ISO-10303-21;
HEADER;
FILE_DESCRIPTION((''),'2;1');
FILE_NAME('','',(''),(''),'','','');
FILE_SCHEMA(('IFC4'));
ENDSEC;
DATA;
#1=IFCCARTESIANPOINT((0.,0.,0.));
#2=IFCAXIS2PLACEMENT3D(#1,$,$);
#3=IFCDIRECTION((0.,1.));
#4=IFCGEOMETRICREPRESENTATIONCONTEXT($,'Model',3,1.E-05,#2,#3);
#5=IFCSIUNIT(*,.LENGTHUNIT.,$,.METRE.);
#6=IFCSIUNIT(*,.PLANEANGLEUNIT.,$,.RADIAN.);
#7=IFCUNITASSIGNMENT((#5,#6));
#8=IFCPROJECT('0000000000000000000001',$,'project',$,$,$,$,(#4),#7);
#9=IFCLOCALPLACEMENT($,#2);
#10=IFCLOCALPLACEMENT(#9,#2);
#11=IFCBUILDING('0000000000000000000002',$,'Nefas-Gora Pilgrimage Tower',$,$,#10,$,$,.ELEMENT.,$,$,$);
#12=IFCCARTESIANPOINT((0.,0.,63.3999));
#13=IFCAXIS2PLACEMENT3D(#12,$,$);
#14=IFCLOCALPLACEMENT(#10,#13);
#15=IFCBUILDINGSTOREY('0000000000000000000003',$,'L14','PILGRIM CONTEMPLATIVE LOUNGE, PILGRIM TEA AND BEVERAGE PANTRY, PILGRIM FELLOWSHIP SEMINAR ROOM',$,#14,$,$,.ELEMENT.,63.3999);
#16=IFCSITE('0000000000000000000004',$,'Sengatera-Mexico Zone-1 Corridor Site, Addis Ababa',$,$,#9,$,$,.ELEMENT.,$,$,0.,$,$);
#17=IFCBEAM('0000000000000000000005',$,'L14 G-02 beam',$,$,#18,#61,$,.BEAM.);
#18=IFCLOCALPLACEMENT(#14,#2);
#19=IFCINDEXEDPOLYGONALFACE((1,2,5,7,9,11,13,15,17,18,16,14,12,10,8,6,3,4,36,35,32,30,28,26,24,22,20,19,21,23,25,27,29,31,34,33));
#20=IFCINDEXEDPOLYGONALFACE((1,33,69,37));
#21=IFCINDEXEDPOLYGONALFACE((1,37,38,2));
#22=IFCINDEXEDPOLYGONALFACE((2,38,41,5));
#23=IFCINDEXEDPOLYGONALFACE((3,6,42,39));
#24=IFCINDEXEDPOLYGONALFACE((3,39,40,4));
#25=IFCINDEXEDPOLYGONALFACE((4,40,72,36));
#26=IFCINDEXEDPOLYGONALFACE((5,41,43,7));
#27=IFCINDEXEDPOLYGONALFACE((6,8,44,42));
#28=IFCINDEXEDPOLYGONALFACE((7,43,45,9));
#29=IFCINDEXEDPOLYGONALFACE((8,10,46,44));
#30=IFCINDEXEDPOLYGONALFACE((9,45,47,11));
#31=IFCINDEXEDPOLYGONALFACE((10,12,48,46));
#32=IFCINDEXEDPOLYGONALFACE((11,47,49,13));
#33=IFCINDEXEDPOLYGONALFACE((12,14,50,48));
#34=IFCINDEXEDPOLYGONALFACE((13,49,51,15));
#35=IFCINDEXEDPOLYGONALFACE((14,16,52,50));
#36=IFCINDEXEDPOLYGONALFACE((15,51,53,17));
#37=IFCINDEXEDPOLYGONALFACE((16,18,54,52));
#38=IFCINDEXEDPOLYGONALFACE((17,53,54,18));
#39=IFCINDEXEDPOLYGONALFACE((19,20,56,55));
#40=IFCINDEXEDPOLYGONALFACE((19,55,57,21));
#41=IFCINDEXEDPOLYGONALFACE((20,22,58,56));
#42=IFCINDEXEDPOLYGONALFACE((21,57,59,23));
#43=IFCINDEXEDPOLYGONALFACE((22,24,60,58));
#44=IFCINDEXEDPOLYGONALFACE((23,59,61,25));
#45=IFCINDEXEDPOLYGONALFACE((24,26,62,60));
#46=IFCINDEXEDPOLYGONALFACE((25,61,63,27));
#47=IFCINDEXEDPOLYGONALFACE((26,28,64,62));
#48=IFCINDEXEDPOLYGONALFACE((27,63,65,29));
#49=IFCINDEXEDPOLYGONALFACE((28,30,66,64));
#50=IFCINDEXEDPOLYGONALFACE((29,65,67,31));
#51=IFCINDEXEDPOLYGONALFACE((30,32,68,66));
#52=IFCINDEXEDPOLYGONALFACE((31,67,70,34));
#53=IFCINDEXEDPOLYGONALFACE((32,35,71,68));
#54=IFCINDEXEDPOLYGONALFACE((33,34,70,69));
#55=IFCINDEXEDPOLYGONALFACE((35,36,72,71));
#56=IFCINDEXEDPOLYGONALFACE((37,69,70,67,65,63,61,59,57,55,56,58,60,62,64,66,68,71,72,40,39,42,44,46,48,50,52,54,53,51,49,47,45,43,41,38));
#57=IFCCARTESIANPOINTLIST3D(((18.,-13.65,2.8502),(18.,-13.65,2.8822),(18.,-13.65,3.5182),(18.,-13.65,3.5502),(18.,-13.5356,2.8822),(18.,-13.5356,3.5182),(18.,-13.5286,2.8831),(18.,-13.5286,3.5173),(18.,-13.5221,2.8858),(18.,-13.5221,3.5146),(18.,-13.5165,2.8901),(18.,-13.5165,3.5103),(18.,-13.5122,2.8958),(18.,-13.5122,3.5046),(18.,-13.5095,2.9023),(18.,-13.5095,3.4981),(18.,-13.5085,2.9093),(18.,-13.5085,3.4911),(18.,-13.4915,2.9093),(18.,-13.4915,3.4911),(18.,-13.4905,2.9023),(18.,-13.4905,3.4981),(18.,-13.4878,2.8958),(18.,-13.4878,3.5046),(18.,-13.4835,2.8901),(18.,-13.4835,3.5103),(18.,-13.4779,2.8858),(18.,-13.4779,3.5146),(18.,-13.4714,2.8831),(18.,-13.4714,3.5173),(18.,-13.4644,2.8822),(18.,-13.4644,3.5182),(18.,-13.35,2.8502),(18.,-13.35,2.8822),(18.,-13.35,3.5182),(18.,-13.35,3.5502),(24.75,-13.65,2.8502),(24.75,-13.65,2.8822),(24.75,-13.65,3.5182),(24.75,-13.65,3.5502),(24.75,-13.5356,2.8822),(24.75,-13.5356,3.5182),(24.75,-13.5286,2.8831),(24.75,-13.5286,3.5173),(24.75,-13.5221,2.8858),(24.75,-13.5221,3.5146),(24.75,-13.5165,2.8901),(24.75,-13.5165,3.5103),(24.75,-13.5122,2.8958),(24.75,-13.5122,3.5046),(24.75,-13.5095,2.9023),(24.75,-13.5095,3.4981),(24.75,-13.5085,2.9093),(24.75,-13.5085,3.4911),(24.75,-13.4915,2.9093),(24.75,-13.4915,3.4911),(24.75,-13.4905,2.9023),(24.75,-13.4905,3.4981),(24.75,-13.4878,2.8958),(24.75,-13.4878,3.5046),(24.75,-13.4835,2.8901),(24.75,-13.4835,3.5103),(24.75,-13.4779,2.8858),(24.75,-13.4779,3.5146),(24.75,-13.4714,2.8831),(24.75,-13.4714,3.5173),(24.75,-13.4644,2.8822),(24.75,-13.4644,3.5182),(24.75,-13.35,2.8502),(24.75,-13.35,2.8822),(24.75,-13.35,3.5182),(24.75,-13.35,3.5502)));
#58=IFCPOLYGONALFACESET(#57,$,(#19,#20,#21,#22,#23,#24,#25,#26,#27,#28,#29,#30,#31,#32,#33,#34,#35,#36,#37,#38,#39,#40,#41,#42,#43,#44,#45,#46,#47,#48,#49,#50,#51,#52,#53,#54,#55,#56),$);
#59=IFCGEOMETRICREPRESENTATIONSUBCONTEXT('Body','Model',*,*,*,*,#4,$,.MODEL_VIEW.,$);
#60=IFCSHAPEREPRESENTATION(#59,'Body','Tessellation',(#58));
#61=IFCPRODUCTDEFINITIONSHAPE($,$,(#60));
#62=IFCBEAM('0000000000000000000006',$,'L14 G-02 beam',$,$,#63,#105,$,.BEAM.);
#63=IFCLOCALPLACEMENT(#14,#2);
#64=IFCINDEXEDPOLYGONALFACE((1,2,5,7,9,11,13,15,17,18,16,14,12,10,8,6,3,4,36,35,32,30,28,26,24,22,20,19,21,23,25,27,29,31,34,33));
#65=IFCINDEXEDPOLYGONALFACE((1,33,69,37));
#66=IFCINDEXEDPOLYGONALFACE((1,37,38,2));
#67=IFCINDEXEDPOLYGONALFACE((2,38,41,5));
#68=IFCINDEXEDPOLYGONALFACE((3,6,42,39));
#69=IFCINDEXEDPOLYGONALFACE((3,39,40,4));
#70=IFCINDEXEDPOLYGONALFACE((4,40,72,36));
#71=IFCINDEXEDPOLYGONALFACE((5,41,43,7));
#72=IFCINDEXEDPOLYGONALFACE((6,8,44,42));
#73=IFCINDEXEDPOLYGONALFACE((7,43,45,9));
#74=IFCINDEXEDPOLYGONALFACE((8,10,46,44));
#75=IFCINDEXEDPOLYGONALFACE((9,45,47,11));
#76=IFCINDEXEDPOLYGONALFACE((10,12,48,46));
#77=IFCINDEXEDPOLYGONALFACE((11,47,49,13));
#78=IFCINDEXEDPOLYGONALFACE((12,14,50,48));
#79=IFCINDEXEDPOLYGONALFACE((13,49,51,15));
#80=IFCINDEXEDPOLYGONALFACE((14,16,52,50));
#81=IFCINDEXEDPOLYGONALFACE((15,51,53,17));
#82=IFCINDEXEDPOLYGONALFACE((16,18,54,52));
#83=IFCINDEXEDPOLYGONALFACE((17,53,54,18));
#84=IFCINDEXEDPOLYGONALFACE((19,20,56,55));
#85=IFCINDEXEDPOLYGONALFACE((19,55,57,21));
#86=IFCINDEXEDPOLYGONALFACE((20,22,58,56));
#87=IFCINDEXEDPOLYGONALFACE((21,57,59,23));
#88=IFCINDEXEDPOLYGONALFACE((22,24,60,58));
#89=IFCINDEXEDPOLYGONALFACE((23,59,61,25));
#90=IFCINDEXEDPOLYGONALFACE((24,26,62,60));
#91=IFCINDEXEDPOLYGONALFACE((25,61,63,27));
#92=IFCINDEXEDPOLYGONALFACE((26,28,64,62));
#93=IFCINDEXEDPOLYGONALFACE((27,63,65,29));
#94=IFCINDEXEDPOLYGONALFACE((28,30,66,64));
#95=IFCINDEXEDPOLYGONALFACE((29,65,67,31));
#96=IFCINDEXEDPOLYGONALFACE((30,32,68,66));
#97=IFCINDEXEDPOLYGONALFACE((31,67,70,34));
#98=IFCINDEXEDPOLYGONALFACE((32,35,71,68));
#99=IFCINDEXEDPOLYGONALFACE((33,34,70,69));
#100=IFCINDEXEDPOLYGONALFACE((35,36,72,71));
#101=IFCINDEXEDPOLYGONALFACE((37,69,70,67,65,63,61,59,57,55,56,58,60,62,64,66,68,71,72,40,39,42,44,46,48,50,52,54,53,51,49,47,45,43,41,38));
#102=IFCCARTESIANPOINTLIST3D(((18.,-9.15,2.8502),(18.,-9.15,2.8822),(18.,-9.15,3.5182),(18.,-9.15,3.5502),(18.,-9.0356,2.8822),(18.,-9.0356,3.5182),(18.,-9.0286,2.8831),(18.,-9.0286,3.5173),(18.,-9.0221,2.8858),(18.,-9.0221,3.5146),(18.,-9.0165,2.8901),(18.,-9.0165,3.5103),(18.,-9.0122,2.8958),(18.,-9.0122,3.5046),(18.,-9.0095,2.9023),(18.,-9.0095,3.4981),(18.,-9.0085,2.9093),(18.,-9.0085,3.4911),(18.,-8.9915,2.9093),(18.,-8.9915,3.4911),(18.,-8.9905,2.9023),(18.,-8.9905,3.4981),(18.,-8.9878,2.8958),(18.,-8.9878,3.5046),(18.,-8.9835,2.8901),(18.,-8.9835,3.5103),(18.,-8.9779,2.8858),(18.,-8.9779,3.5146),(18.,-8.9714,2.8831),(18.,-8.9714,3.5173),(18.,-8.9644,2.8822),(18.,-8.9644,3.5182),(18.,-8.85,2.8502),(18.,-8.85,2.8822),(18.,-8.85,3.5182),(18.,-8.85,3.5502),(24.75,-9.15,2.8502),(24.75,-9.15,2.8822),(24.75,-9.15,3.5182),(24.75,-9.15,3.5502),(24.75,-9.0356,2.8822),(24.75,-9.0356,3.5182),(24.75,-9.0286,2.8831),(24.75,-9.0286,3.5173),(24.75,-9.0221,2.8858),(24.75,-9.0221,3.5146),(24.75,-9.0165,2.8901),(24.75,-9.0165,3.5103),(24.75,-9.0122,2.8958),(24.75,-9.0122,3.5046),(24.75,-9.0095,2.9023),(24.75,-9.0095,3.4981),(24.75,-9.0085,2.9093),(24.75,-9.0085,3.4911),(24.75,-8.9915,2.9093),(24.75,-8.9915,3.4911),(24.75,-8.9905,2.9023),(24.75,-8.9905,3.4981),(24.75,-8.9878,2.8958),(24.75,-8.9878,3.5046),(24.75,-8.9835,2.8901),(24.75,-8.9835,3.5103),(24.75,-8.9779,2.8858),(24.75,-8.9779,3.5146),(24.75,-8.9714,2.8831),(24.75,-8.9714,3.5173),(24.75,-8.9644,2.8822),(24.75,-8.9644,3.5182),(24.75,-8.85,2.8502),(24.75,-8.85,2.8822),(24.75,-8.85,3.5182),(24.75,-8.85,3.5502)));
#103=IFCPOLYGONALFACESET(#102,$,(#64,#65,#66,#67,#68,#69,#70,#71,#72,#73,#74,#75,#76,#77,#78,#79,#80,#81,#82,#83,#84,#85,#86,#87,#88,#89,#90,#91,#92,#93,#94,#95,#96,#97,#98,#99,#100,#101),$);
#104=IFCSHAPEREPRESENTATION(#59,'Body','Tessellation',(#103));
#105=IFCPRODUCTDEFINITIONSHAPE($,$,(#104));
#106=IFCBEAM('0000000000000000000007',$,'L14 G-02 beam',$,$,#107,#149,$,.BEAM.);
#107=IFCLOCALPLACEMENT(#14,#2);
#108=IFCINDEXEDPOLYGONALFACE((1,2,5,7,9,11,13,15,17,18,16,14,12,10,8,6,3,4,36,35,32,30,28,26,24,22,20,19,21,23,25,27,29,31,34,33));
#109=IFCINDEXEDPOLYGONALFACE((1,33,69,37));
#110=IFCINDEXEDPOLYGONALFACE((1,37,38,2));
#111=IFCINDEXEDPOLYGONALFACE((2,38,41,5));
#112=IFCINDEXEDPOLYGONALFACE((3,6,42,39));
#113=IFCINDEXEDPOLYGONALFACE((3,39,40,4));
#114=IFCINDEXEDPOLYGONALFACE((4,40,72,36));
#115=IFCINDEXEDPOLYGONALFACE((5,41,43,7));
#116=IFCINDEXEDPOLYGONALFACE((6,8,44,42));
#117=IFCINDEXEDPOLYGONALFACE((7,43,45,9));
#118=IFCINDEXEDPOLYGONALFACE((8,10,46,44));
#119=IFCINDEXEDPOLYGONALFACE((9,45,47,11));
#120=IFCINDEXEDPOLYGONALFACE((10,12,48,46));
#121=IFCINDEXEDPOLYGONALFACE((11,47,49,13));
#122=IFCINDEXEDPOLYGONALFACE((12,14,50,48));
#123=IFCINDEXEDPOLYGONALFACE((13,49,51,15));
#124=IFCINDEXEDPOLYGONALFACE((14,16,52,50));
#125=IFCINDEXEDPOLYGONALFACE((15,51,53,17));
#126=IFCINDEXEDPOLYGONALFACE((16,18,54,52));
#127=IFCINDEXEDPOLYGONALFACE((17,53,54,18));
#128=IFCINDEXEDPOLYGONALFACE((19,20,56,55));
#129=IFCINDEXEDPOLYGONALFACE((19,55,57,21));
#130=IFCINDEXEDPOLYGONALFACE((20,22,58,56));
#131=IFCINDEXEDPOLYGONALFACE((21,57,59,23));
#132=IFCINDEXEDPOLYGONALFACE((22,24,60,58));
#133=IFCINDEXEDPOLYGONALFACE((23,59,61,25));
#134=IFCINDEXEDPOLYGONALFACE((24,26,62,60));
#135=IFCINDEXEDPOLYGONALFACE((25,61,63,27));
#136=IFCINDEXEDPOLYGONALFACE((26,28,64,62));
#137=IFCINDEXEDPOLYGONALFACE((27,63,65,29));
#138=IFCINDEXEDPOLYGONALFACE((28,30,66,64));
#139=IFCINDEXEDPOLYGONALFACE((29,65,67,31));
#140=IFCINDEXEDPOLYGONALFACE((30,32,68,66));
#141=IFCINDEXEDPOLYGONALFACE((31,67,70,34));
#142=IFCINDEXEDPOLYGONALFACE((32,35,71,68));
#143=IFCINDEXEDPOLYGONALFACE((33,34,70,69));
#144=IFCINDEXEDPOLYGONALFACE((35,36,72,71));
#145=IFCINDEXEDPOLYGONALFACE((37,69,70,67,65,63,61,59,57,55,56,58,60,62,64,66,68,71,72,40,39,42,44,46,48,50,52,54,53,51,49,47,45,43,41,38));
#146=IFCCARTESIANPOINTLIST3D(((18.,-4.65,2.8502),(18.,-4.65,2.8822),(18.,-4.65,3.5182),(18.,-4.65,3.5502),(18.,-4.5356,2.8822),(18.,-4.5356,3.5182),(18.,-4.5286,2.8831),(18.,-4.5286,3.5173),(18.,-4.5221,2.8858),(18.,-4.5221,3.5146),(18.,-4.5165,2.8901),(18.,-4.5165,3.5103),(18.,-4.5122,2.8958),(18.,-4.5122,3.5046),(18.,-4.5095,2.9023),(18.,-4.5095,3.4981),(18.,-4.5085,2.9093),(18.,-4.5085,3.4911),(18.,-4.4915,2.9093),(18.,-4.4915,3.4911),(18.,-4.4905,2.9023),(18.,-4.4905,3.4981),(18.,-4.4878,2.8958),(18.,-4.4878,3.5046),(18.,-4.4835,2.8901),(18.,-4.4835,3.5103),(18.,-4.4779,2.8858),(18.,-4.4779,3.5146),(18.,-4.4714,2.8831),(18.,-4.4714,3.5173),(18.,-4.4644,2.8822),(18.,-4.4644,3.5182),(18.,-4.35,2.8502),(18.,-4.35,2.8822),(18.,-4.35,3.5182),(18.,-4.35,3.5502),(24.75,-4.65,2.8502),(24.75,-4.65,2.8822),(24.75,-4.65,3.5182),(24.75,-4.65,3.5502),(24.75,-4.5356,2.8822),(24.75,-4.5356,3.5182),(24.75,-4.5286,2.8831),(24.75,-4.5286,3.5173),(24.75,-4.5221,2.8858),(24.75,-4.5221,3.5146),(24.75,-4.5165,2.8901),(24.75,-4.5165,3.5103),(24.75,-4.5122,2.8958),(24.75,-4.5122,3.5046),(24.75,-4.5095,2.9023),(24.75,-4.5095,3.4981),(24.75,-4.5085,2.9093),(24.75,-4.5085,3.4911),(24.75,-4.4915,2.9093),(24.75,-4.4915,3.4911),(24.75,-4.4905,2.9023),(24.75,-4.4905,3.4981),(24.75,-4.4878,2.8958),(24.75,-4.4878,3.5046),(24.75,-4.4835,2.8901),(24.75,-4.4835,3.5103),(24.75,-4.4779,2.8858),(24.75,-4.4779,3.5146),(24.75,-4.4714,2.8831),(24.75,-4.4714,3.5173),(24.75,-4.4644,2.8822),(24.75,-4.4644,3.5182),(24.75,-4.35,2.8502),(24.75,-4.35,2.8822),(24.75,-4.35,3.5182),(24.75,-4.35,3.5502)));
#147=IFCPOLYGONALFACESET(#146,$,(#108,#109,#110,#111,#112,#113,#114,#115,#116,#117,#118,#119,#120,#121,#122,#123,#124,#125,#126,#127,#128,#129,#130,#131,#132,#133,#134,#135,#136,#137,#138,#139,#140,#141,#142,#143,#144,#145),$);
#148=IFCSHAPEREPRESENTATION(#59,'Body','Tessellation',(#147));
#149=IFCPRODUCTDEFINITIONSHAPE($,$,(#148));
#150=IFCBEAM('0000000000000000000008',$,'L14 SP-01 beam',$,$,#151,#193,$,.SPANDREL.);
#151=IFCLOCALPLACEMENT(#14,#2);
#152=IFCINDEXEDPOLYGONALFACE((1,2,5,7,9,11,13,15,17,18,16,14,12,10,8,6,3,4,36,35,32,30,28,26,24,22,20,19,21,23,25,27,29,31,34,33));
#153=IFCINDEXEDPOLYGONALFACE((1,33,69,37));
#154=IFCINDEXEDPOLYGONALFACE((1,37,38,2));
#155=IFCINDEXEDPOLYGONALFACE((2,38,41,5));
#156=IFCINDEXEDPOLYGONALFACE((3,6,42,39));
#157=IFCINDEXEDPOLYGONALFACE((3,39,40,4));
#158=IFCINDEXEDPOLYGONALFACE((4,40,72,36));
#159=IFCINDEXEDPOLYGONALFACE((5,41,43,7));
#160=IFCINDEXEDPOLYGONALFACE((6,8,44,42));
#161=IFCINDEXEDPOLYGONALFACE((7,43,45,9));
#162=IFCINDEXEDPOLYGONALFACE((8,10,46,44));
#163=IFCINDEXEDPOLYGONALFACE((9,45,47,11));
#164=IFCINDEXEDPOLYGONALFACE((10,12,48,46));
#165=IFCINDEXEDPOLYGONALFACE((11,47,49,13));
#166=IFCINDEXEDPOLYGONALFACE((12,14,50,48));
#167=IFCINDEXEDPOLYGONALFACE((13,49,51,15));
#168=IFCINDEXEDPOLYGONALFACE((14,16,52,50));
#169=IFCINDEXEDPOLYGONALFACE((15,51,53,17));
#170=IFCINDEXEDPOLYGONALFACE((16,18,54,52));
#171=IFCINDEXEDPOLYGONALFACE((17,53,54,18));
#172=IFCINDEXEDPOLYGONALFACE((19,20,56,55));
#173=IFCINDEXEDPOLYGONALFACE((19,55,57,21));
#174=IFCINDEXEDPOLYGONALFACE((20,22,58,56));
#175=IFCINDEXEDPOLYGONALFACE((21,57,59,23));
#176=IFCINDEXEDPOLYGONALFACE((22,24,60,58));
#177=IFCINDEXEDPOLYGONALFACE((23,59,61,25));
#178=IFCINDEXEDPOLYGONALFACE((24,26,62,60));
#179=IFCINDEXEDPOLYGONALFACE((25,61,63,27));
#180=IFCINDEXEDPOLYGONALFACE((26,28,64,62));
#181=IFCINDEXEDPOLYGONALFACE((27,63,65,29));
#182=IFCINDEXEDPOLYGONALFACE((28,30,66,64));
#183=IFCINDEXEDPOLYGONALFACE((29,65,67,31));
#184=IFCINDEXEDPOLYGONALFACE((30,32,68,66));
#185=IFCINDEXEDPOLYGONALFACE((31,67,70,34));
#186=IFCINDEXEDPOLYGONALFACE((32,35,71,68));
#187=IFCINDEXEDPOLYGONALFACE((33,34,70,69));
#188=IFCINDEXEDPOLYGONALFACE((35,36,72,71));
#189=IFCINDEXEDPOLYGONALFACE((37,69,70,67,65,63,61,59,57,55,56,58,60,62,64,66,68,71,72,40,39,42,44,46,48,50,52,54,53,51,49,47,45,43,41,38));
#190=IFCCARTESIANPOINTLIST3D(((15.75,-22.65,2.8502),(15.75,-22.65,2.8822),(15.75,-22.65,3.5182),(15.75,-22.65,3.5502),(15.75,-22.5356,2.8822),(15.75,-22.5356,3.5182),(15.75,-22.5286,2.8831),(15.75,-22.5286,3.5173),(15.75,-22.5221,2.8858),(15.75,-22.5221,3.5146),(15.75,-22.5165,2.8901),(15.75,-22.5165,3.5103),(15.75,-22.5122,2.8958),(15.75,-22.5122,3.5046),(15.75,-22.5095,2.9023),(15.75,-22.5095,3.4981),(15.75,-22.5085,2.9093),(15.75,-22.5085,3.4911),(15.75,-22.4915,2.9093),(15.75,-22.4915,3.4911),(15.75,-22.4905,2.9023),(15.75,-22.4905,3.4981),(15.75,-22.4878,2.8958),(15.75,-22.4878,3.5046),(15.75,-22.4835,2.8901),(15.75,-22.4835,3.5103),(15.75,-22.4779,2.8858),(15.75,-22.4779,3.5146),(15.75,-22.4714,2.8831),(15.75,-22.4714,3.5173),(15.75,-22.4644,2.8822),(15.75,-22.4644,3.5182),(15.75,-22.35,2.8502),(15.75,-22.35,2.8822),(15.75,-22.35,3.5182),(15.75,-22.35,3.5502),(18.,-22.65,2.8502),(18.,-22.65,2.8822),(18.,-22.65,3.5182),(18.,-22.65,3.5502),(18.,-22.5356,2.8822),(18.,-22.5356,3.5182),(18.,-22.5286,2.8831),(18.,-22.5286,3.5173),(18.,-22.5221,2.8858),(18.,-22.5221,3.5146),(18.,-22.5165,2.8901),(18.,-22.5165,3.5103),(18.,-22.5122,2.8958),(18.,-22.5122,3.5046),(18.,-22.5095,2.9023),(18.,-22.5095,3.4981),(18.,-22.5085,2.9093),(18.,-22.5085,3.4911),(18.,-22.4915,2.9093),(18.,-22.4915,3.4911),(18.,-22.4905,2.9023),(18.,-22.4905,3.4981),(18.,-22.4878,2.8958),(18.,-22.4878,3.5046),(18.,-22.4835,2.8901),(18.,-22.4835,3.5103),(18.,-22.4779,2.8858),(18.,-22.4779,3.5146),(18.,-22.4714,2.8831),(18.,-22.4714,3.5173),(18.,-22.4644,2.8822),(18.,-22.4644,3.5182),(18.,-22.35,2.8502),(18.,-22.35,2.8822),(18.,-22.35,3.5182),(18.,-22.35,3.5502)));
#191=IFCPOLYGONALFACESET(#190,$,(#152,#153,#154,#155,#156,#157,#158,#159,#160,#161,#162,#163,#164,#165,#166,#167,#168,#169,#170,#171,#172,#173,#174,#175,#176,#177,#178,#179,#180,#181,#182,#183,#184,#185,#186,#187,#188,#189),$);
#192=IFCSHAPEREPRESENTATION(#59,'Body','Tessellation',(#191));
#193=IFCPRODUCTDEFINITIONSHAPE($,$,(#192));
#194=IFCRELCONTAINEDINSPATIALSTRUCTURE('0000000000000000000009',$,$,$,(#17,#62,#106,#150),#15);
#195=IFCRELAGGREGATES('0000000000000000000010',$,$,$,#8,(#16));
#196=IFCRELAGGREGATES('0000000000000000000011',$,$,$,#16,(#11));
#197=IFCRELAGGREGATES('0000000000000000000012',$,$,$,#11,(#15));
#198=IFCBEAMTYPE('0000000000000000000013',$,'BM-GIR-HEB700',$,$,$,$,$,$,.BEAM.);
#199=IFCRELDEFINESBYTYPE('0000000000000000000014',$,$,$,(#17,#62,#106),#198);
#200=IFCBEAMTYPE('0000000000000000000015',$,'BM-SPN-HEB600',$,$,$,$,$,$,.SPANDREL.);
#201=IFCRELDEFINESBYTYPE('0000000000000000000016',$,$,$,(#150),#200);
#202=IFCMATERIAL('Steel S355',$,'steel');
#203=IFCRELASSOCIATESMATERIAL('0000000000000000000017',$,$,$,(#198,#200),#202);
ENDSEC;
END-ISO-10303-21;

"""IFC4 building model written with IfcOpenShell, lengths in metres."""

from ifc_helpers import new_model, si_unit, direction, frame, origin, origin_2d, place, context, subcontext, project, spatial, i_section, extrude, source, transform, mapped, material, material_profile, profile_set, type_object, element, save


model = new_model("IFC4")

# Units and contexts
model_context = context("Model", 3, precision=1e-05, world=origin(), true_north=direction((0.0, 1.0)))
body_context = subcontext(model_context, "Body", "Model", "MODEL_VIEW")
ifc_project = project(units=[si_unit("LENGTHUNIT", "METRE"), si_unit("PLANEANGLEUNIT", "RADIAN")], contexts=[model_context])

# Site, building, storey
site_placement = place(None, origin())
site = spatial("IfcSite", under=ifc_project, at=site_placement, Name="Sengatera-Mexico Zone-1 Corridor Site, Addis Ababa", CompositionType="ELEMENT", RefElevation=0.0)
building_placement = place(site_placement, origin())
building = spatial("IfcBuilding", under=site, at=building_placement, Name="Nefas-Gora Pilgrimage Tower", CompositionType="ELEMENT")
storey_placement = place(building_placement, frame((0.0, 0.0, 63.3999)))
storey = spatial("IfcBuildingStorey", under=building, at=storey_placement, Name="L14", Description="PILGRIM CONTEMPLATIVE LOUNGE, PILGRIM TEA AND BEVERAGE PANTRY, PILGRIM FELLOWSHIP SEMINAR ROOM", CompositionType="ELEMENT", Elevation=63.3999)

# Beams
ifc_material_1 = material(Name="Steel S355", Category="steel")
ifc_material_profile_1 = material_profile(ifc_material_1, i_section(OverallWidth=0.3, OverallDepth=0.7, WebThickness=0.0171, FlangeThickness=0.032, FilletRadius=0.0271, at=origin_2d()), Name="HEB 700")
ifc_profile_set_1 = profile_set([ifc_material_profile_1], Name="Steel S355")
beam_type_1 = type_object("IfcBeamType", Name="BM-GIR-HEB700", PredefinedType="BEAM", material=ifc_profile_set_1)
shared_shape_1 = source(origin(), body_context, "Body", "SweptSolid", [
    extrude(i_section(OverallWidth=0.3, OverallDepth=0.7, WebThickness=0.0171, FlangeThickness=0.032, FilletRadius=0.0271, at=origin_2d()), origin(), (0.0, 0.0, 1.0), 6.75),
])
for number, where, z_axis, x_axis, name in (
    (1, (18.0, -13.5, 3.2002), (1.0, 0.0, 0.0), (0.0, 1.0, 0.0), "L14 G-02 beam"),
    (2, (18.0, -9.0, 3.2002), (1.0, 0.0, 0.0), (0.0, 1.0, 0.0), "L14 G-02 beam"),
    (3, (18.0, -4.5, 3.2002), (1.0, 0.0, 0.0), (0.0, 1.0, 0.0), "L14 G-02 beam"),
):
    element("IfcBeam", number, at=place(storey_placement, frame(where, z_axis=z_axis, x_axis=x_axis)), inside=storey, type_object=beam_type_1, Name=name, PredefinedType="BEAM", context=body_context, shape_type="MappedRepresentation", body=[
        mapped(shared_shape_1, transform((0.0, 0.0, 0.0), x_axis=(1.0, 0.0, 0.0), y_axis=(0.0, 1.0, 0.0), z_axis=(0.0, 0.0, 1.0), scale=1.0)),
    ])
ifc_material_profile_2 = material_profile(ifc_material_1, i_section(OverallWidth=0.3, OverallDepth=0.7, WebThickness=0.0171, FlangeThickness=0.032, FilletRadius=0.0271, at=origin_2d()), Name="HEB 700")
ifc_profile_set_2 = profile_set([ifc_material_profile_2], Name="Steel S355")
beam_type_2 = type_object("IfcBeamType", Name="BM-SPN-HEB600", PredefinedType="SPANDREL", material=ifc_profile_set_2)
shared_shape_2 = source(origin(), body_context, "Body", "SweptSolid", [
    extrude(i_section(OverallWidth=0.3, OverallDepth=0.7, WebThickness=0.0171, FlangeThickness=0.032, FilletRadius=0.0271, at=origin_2d()), origin(), (0.0, 0.0, 1.0), 2.25),
])
for number, where, z_axis, x_axis, name in (
    (4, (15.75, -22.5, 3.2002), (1.0, 0.0, 0.0), (0.0, 1.0, 0.0), "L14 SP-01 beam"),
):
    element("IfcBeam", number, at=place(storey_placement, frame(where, z_axis=z_axis, x_axis=x_axis)), inside=storey, type_object=beam_type_2, Name=name, PredefinedType="SPANDREL", context=body_context, shape_type="MappedRepresentation", body=[
        mapped(shared_shape_2, transform((0.0, 0.0, 0.0), x_axis=(1.0, 0.0, 0.0), y_axis=(0.0, 1.0, 0.0), z_axis=(0.0, 0.0, 1.0), scale=1.0)),
    ])

save(model, "model.ifc")
